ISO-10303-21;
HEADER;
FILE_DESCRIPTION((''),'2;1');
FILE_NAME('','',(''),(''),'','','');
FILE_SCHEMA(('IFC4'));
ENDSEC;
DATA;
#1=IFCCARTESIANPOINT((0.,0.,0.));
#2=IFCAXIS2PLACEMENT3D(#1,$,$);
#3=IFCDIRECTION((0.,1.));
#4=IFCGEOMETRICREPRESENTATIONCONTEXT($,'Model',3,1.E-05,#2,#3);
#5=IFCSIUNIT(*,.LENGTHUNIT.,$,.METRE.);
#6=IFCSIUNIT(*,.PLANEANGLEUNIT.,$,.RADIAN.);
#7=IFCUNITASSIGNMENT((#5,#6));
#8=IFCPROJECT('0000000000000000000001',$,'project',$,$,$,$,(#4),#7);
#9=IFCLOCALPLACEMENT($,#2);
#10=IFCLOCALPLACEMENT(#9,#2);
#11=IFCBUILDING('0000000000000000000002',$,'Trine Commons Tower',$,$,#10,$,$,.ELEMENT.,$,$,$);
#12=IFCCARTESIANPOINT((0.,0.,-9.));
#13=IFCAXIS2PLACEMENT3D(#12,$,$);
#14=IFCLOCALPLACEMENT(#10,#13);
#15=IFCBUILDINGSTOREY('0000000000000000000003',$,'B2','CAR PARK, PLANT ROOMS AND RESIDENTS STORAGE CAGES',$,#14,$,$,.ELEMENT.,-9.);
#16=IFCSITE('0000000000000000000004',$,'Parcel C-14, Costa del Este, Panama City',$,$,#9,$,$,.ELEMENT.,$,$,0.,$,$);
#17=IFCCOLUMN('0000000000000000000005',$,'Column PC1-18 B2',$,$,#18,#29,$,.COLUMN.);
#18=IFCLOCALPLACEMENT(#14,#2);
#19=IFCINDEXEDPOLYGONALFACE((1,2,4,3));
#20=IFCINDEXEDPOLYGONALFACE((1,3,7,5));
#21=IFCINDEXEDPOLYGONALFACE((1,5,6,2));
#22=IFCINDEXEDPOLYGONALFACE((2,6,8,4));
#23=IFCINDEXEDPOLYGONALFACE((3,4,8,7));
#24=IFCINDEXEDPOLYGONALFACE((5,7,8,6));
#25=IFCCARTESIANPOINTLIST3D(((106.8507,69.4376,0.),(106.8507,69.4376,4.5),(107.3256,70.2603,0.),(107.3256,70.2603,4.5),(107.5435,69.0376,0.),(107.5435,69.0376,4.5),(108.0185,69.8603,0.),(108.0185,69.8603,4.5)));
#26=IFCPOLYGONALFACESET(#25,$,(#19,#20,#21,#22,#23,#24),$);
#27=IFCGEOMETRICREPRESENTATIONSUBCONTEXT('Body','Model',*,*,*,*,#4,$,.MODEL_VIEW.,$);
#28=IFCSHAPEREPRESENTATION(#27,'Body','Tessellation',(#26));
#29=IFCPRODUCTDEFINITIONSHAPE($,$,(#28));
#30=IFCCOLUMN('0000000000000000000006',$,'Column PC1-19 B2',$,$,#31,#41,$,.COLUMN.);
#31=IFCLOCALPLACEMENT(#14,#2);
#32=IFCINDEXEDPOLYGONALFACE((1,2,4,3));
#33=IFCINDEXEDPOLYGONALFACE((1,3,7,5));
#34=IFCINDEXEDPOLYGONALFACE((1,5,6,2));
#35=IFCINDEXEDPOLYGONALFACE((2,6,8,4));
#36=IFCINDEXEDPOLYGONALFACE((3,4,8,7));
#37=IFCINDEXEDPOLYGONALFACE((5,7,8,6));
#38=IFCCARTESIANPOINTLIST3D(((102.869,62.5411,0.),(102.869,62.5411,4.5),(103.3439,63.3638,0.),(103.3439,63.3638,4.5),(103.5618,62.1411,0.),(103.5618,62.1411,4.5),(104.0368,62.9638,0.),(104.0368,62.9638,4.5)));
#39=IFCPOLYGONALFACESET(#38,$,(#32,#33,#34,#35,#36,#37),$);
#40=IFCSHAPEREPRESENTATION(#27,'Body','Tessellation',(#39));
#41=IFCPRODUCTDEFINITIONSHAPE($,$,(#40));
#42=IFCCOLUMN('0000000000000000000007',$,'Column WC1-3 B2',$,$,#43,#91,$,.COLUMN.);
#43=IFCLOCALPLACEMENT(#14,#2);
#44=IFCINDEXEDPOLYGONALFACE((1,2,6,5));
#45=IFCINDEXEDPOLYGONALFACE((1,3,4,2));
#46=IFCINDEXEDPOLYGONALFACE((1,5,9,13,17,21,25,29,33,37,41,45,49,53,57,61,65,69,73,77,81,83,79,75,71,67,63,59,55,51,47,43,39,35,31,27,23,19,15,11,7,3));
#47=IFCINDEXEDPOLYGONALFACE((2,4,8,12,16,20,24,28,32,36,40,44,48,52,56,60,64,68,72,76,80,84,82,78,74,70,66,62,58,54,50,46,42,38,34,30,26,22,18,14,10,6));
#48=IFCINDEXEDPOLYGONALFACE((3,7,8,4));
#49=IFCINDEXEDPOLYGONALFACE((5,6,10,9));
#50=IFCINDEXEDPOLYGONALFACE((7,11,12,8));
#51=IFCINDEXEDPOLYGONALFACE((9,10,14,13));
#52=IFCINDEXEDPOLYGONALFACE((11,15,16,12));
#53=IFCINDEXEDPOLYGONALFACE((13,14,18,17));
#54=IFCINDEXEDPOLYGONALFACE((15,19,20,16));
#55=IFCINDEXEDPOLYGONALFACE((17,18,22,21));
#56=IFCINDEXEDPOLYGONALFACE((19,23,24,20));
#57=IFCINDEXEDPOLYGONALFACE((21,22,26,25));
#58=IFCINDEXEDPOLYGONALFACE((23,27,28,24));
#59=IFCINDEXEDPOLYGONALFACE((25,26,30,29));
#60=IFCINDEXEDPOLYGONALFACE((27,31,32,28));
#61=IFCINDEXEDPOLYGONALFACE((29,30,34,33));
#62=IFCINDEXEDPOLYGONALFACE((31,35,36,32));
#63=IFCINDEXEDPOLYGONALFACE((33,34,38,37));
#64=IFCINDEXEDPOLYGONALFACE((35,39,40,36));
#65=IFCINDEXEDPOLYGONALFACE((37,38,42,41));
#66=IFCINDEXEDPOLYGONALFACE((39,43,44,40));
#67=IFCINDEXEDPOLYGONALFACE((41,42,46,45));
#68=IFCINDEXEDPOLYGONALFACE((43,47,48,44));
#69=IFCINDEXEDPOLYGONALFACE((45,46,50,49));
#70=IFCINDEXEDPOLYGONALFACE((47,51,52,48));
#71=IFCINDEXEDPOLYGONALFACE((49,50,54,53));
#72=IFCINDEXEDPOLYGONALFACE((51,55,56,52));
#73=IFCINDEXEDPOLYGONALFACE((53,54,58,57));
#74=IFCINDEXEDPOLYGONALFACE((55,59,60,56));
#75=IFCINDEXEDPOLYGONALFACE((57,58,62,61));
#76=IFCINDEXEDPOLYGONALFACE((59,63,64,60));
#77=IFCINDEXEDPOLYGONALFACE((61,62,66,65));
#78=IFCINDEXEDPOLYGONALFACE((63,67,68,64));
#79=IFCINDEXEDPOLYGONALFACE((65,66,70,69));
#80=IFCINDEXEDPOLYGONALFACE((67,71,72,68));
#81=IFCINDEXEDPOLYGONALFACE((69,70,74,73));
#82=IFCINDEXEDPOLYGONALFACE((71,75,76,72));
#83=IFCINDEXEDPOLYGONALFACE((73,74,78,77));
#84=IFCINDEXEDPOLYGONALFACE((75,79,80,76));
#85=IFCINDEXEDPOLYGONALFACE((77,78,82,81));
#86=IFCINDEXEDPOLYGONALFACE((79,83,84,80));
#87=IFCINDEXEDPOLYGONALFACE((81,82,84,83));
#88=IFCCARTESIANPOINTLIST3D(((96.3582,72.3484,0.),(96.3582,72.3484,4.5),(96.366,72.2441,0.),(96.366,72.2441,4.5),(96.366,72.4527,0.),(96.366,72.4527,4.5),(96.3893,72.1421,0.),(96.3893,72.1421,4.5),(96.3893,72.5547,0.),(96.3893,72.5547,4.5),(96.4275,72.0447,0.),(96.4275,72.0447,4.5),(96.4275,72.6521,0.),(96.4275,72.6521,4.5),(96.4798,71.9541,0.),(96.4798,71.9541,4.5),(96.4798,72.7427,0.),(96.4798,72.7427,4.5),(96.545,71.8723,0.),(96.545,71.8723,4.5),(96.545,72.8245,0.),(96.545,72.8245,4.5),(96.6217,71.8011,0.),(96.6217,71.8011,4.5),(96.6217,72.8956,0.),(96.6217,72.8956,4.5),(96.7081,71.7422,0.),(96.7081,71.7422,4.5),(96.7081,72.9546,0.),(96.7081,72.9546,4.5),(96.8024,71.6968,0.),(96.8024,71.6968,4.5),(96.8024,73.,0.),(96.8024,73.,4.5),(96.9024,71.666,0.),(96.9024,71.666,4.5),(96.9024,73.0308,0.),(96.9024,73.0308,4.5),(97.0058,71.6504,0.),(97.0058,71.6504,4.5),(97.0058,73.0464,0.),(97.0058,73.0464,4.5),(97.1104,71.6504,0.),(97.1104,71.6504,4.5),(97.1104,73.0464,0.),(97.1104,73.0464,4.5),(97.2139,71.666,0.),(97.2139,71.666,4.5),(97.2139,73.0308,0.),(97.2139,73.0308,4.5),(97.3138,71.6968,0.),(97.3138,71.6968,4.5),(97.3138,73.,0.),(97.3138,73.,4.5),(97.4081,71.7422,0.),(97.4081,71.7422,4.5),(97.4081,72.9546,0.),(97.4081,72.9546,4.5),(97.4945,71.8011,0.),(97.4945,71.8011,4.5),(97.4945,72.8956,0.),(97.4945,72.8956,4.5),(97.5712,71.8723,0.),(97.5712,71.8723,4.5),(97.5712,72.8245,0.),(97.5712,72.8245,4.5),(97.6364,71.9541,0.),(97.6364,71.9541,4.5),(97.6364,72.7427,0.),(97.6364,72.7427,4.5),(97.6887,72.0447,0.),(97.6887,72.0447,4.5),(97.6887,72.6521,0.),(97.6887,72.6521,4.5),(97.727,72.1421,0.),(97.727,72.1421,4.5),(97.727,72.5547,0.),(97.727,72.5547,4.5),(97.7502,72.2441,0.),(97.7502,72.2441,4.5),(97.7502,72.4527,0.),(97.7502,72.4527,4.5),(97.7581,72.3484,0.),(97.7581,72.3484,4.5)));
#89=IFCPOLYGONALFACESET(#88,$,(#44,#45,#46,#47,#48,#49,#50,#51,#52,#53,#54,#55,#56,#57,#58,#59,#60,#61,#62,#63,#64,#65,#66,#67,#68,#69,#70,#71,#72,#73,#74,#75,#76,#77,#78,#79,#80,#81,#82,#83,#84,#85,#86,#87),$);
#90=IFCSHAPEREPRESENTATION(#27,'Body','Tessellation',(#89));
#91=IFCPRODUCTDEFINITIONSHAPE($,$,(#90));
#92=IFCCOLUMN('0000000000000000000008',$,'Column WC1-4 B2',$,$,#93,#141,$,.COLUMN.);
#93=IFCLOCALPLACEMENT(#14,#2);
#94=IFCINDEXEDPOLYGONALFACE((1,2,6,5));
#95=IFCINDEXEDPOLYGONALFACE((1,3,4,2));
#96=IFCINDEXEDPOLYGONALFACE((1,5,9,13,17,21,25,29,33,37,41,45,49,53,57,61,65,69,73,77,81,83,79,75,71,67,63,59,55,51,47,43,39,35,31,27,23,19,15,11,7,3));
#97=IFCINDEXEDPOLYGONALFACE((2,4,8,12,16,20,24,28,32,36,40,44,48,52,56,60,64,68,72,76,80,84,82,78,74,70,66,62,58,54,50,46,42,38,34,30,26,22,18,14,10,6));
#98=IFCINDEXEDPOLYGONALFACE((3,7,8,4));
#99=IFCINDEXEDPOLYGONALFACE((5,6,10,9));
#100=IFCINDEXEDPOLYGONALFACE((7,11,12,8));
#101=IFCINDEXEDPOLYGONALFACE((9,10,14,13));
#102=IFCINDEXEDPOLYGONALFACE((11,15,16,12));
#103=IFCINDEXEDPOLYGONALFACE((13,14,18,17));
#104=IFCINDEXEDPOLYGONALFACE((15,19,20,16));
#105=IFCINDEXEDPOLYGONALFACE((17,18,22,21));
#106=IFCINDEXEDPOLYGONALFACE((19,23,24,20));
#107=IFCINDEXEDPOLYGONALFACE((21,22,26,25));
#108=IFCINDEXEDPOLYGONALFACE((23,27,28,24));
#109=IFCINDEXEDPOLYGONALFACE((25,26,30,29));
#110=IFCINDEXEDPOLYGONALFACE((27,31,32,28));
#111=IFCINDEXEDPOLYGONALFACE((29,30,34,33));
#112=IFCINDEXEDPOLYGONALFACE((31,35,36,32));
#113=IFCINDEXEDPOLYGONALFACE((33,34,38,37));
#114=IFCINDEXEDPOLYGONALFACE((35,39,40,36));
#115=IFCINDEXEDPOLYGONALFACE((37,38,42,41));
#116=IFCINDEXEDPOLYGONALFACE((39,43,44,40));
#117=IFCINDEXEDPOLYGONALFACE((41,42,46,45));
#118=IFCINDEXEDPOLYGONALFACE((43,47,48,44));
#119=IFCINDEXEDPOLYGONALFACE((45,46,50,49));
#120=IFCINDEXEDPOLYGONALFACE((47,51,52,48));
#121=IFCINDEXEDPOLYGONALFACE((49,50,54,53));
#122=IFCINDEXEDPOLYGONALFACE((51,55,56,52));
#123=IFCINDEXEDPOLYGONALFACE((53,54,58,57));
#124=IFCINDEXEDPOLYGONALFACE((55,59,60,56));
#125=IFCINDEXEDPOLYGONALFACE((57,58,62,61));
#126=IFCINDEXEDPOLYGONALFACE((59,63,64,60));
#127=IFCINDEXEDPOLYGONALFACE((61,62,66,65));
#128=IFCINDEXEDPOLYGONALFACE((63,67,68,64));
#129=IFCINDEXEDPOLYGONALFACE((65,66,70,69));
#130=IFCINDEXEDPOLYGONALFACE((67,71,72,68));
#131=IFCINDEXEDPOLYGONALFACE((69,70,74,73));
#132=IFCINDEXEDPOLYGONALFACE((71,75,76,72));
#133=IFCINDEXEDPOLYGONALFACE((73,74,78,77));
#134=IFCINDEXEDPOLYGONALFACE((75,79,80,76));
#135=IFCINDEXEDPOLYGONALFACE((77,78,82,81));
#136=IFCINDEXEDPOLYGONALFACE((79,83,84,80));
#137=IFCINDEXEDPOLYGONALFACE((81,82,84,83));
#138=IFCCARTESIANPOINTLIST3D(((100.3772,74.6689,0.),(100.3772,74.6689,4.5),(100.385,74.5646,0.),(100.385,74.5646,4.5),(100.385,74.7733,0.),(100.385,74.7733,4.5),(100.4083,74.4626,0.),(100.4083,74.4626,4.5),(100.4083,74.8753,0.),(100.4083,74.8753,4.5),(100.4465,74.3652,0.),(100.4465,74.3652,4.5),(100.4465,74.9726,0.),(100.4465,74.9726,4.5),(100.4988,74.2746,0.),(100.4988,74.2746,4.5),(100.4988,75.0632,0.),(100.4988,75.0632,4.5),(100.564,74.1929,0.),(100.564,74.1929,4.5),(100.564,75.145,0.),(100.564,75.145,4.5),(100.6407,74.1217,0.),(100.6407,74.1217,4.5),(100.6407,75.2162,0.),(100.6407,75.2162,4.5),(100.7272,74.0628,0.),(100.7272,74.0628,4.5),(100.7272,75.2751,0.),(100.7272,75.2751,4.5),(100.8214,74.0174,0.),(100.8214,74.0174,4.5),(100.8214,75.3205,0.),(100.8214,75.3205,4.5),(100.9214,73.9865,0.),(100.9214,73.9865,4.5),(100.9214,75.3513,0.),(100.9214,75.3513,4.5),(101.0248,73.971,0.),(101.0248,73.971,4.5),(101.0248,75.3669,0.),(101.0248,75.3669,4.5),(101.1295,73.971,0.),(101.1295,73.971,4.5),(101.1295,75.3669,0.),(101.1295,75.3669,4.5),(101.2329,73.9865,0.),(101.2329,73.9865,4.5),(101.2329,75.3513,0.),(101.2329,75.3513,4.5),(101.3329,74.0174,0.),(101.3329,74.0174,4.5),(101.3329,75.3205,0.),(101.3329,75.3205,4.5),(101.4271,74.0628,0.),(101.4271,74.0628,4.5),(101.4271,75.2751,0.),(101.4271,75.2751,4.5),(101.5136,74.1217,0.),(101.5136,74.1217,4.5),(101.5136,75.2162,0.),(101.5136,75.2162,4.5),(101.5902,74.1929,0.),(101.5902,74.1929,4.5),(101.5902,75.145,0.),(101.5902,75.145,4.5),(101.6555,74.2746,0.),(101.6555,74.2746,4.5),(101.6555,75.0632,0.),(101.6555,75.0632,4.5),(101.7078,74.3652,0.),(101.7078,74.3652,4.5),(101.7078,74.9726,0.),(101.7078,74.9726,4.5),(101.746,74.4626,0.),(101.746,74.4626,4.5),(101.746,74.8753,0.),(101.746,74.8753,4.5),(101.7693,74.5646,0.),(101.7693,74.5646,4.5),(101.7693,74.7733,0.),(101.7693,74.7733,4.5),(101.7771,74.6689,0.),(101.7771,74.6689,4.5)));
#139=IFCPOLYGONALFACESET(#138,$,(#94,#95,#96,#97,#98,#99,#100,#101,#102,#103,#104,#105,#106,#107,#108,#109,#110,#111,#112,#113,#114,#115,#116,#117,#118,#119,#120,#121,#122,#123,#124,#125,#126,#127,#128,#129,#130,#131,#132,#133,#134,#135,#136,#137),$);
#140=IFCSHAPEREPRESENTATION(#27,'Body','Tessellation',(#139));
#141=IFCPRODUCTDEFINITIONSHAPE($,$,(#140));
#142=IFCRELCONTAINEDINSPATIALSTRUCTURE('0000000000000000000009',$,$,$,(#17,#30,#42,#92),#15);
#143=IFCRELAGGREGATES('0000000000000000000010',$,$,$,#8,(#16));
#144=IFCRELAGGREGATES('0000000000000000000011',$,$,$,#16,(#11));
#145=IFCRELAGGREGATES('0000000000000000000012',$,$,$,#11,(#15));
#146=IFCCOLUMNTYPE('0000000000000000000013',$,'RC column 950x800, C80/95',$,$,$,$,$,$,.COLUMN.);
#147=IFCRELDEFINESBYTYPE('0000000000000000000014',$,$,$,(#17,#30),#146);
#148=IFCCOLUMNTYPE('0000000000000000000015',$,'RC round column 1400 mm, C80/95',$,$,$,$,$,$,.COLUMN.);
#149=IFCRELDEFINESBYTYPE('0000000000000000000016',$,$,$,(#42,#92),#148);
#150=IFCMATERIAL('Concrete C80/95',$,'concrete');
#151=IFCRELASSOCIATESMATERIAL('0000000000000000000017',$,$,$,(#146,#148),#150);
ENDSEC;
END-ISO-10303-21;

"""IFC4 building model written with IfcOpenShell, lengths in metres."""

from ifc_helpers import new_model, si_unit, direction, frame, origin, origin_2d, place, context, subcontext, project, spatial, rectangle, circle, extrude, material, material_profile, profile_set, type_object, element, save


model = new_model("IFC4")

# Units and contexts
model_context = context("Model", 3, precision=1e-05, world=origin(), true_north=direction((0.0, 1.0)))
body_context = subcontext(model_context, "Body", "Model", "MODEL_VIEW")
ifc_project = project(units=[si_unit("LENGTHUNIT", "METRE"), si_unit("PLANEANGLEUNIT", "RADIAN")], contexts=[model_context])

# Site, building, storey
site_placement = place(None, origin())
site = spatial("IfcSite", under=ifc_project, at=site_placement, Name="Parcel C-14, Costa del Este, Panama City", CompositionType="ELEMENT", RefElevation=0.0)
building_placement = place(site_placement, origin())
building = spatial("IfcBuilding", under=site, at=building_placement, Name="Trine Commons Tower", CompositionType="ELEMENT")
storey_placement = place(building_placement, frame((0.0, 0.0, -9.0)))
storey = spatial("IfcBuildingStorey", under=building, at=storey_placement, Name="B2", Description="CAR PARK, PLANT ROOMS AND RESIDENTS STORAGE CAGES", CompositionType="ELEMENT", Elevation=-9.0)

# Columns
ifc_material_1 = material(Name="Concrete C80/95", Category="concrete")
ifc_material_profile_1 = material_profile(ifc_material_1, rectangle(XDim=0.95, YDim=0.8, at=origin_2d()), Name="RC 950x800")
ifc_profile_set_1 = profile_set([ifc_material_profile_1], Name="Concrete C80/95")
column_type_1 = type_object("IfcColumnType", Name="RC column 950x800, C80/95", PredefinedType="COLUMN", material=ifc_profile_set_1)
for number, where, z_axis, x_axis, name in (
    (1, (107.4346, 69.6489, 0.0), (0.0, 0.0, 1.0), (0.5, 0.866025, 0.0), "Column PC1-18 B2"),
    (2, (103.4529, 62.7524, 0.0), (0.0, 0.0, 1.0), (0.5, 0.866025, 0.0), "Column PC1-19 B2"),
):
    element("IfcColumn", number, at=place(storey_placement, frame(where, z_axis=z_axis, x_axis=x_axis)), inside=storey, type_object=column_type_1, Name=name, PredefinedType="COLUMN", context=body_context, shape_type="SweptSolid", body=[
        extrude(rectangle(XDim=0.95, YDim=0.8, at=origin_2d()), origin(), (0.0, 0.0, 1.0), 4.5),
    ])
ifc_material_profile_2 = material_profile(ifc_material_1, circle(Radius=0.7, at=origin_2d()), Name="RC round 1400")
ifc_profile_set_2 = profile_set([ifc_material_profile_2], Name="Concrete C80/95")
column_type_2 = type_object("IfcColumnType", Name="RC round column 1400 mm, C80/95", PredefinedType="COLUMN", material=ifc_profile_set_2)
for number, where, z_axis, x_axis, name in (
    (3, (97.0581, 72.3484, 0.0), (0.0, 0.0, 1.0), (1.0, 0.0, 0.0), "Column WC1-3 B2"),
    (4, (101.0771, 74.6689, 0.0), (0.0, 0.0, 1.0), (1.0, 0.0, 0.0), "Column WC1-4 B2"),
):
    element("IfcColumn", number, at=place(storey_placement, frame(where, z_axis=z_axis, x_axis=x_axis)), inside=storey, type_object=column_type_2, Name=name, PredefinedType="COLUMN", context=body_context, shape_type="SweptSolid", body=[
        extrude(circle(Radius=0.7, at=origin_2d()), origin(), (0.0, 0.0, 1.0), 4.5),
    ])

save(model, "model.ifc")
